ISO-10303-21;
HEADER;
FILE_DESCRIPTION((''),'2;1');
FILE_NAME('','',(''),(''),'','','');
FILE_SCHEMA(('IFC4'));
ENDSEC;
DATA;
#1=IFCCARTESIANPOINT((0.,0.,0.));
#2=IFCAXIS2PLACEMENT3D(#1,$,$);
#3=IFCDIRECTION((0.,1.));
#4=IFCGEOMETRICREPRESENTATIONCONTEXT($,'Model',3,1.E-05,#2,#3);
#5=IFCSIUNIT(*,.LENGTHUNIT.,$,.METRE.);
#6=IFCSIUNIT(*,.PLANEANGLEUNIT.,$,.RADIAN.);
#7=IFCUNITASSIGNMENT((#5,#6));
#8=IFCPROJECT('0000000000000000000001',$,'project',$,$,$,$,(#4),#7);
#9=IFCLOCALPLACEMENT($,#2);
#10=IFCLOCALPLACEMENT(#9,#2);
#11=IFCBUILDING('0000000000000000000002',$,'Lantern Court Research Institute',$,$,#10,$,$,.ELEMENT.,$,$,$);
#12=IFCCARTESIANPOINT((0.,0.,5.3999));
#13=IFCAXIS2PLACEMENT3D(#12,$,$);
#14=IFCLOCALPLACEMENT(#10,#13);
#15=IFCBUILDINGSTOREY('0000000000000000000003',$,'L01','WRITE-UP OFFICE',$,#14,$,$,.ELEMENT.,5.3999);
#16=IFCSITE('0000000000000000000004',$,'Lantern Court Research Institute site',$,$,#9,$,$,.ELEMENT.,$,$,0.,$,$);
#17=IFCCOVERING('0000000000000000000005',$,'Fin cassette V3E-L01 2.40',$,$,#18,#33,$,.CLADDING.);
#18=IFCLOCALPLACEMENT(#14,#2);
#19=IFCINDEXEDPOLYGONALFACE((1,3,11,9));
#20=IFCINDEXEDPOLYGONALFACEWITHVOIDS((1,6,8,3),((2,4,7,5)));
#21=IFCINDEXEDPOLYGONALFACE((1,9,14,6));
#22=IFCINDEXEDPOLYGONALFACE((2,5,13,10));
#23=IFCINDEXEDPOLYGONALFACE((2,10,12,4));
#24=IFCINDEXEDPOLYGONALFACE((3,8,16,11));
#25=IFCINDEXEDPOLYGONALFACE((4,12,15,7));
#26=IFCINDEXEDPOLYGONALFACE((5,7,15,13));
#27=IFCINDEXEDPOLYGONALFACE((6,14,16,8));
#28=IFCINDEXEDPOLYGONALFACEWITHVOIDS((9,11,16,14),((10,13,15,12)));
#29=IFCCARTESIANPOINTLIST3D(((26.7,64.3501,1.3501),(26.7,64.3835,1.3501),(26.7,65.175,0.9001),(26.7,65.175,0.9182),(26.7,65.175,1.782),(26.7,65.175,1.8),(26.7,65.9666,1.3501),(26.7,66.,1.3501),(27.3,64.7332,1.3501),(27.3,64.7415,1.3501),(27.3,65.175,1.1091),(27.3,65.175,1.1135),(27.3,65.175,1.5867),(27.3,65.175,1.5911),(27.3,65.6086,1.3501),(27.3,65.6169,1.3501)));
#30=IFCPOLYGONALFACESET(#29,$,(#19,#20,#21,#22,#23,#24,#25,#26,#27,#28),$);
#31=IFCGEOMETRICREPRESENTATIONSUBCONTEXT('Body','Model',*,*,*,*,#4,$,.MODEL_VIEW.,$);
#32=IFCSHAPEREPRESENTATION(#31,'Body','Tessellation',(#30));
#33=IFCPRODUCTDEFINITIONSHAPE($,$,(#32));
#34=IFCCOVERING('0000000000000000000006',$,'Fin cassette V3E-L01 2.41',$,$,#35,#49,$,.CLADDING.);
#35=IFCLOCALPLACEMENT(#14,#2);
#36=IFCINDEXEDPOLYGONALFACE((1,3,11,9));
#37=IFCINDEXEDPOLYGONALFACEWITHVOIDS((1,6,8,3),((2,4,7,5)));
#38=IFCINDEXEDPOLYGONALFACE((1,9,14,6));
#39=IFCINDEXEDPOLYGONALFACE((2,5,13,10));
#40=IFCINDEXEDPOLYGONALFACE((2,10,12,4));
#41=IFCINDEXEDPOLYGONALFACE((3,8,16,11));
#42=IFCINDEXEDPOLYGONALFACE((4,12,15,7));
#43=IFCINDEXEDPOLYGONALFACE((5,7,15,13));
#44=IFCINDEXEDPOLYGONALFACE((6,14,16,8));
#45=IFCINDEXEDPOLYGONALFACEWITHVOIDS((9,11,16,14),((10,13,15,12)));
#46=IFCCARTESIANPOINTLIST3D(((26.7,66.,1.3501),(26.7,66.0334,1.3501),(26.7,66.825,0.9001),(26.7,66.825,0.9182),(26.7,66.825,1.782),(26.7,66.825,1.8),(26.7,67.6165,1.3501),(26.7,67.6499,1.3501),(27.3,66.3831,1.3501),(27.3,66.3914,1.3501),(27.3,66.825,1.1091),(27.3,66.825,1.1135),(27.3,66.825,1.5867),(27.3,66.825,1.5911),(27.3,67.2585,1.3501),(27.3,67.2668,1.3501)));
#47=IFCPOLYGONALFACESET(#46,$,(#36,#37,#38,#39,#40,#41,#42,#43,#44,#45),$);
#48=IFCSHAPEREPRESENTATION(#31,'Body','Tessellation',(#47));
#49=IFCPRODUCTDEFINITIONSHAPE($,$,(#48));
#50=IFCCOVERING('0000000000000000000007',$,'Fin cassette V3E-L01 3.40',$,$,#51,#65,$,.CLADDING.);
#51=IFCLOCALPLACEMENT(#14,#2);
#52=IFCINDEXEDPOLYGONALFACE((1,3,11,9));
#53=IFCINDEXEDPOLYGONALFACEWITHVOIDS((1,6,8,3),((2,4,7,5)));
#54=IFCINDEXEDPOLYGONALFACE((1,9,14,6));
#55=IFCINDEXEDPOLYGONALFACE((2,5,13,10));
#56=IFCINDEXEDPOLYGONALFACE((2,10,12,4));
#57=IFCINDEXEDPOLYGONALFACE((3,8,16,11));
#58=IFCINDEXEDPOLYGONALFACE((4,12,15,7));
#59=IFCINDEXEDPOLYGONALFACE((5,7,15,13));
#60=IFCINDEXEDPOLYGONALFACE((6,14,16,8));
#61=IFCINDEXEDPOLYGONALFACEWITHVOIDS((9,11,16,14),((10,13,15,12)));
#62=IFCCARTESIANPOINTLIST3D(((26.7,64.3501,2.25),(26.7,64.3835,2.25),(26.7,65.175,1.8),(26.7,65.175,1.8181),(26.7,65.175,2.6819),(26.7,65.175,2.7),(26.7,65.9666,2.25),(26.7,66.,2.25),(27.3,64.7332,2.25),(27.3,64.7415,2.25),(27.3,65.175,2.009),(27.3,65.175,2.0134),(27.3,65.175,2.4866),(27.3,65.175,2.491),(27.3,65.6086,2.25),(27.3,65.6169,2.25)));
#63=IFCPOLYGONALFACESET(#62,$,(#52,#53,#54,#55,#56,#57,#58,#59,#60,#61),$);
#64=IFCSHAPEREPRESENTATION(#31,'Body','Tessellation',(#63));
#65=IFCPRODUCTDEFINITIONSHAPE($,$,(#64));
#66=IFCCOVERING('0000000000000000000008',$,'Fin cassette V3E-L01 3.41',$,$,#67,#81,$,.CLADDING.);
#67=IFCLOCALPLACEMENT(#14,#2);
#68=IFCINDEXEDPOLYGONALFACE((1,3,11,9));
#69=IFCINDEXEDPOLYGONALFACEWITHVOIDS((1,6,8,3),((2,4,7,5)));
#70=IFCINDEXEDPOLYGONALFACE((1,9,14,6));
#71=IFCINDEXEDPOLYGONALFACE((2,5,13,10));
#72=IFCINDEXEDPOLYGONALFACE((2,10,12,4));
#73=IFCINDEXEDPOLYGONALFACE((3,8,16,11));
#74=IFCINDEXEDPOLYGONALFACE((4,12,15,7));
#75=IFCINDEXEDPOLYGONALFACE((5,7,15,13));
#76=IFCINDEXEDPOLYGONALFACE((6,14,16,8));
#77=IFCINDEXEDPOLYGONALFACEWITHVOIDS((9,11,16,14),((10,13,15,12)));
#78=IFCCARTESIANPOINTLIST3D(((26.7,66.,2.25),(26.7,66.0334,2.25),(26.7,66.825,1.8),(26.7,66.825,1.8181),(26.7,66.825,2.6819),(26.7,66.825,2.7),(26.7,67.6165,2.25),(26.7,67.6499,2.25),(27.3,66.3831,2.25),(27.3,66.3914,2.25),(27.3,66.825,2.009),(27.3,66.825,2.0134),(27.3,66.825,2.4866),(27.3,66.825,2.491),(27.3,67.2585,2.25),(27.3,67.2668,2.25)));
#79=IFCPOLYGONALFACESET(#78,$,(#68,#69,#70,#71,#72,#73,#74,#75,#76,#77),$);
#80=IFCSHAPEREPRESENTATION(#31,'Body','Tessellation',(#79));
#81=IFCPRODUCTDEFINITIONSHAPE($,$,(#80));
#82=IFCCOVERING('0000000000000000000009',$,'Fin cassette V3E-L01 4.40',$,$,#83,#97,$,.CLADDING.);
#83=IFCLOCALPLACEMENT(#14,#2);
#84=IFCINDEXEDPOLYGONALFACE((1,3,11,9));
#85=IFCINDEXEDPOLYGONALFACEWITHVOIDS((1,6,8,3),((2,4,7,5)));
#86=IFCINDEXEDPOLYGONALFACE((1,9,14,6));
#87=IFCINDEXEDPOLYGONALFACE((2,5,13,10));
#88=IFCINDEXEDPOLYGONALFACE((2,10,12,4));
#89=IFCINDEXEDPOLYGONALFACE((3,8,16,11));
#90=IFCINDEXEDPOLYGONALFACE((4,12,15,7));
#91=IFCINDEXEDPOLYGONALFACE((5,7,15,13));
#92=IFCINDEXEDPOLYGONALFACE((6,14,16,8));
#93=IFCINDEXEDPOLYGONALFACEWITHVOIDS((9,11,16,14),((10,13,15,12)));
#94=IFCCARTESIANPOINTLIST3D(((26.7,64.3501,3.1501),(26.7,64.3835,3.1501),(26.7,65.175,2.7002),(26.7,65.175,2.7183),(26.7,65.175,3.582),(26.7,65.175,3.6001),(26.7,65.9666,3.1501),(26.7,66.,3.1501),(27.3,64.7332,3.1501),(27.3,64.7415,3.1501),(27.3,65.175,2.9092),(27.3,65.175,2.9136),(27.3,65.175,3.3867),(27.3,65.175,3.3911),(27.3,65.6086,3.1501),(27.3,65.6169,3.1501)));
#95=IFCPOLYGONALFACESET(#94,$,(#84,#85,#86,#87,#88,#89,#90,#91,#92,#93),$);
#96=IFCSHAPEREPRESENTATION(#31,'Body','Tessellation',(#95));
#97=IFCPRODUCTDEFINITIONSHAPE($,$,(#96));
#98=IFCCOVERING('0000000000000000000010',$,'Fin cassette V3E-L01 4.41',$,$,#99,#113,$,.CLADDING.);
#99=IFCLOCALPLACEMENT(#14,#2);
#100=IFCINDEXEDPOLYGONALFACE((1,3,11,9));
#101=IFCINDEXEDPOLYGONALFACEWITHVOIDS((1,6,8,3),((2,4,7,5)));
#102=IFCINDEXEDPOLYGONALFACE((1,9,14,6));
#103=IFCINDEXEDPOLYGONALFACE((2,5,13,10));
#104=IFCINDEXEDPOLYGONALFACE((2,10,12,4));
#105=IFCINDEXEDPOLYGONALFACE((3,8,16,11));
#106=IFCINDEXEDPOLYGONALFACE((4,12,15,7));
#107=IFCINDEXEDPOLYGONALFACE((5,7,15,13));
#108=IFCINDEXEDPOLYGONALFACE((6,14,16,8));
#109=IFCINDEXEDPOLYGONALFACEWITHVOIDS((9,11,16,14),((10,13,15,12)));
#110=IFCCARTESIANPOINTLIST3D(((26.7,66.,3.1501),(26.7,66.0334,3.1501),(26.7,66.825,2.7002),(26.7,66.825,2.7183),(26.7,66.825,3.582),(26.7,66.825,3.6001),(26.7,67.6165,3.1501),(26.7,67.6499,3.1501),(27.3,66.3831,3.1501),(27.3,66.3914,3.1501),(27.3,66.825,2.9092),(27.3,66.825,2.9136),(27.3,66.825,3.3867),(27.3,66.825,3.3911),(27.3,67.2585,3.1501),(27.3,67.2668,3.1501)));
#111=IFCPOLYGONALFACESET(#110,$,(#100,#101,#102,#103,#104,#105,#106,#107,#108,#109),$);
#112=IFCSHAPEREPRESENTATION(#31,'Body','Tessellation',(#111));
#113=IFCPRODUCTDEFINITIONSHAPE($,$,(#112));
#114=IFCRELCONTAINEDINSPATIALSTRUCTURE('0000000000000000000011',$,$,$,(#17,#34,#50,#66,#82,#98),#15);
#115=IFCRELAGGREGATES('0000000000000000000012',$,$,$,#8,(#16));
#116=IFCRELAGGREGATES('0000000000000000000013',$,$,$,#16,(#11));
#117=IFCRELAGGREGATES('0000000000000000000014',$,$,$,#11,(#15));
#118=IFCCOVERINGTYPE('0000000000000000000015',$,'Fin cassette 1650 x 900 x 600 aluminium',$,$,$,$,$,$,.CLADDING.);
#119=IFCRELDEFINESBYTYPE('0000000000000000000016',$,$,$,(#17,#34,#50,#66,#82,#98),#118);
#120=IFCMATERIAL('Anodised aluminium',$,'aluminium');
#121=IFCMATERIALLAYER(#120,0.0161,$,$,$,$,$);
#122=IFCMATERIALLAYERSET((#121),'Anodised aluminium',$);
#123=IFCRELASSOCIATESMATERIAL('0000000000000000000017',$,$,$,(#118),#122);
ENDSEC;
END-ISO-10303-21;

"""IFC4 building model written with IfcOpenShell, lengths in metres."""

from ifc_helpers import new_model, entity, si_unit, direction, frame, origin, place, context, subcontext, project, spatial, material, layer, layer_set, type_object, element, save


model = new_model("IFC4")

# Units and contexts
model_context = context("Model", 3, precision=1e-05, world=origin(), true_north=direction((0.0, 1.0)))
body_context = subcontext(model_context, "Body", "Model", "MODEL_VIEW")
ifc_project = project(units=[si_unit("LENGTHUNIT", "METRE"), si_unit("PLANEANGLEUNIT", "RADIAN")], contexts=[model_context])

# Site, building, storey
site_placement = place(None, origin())
site = spatial("IfcSite", under=ifc_project, at=site_placement, Name="Lantern Court Research Institute site", CompositionType="ELEMENT", RefElevation=0.0)
building_placement = place(site_placement, origin())
building = spatial("IfcBuilding", under=site, at=building_placement, Name="Lantern Court Research Institute", CompositionType="ELEMENT")
storey_placement = place(building_placement, frame((0.0, 0.0, 5.3999)))
storey = spatial("IfcBuildingStorey", under=building, at=storey_placement, Name="L01", Description="WRITE-UP OFFICE", CompositionType="ELEMENT", Elevation=5.3999)

# Coverings
ifc_material_1 = material(Name="Anodised aluminium", Category="aluminium")
ifc_layer_1 = layer(ifc_material_1, 0.0161)
ifc_layer_set_1 = layer_set([ifc_layer_1], Name="Anodised aluminium")
covering_type_1 = type_object("IfcCoveringType", Name="Fin cassette 1650 x 900 x 600 aluminium", PredefinedType="CLADDING", material=ifc_layer_set_1)
covering_1_placement = place(storey_placement, frame((26.7, 65.175, 1.3501), z_axis=(1.0, 0.0, 0.0), x_axis=(0.0, 1.0, 0.0)))
cartesian_point_1 = entity("IfcCartesianPoint", [0.825, 0.0])
cartesian_point_2 = entity("IfcCartesianPoint", [0.7915, 0.0])
cartesian_point_3 = entity("IfcCartesianPoint", [0.4419, 0.0])
cartesian_point_4 = entity("IfcCartesianPoint", [0.4336, 0.0])
element("IfcCovering", 1, at=covering_1_placement, inside=storey, type_object=covering_type_1, Name="Fin cassette V3E-L01 2.40", PredefinedType="CLADDING", context=body_context, shape_type="SweptSolid", body=[
    entity("IfcExtrudedAreaSolidTapered", entity("IfcArbitraryProfileDefWithVoids", "AREA", None, entity("IfcPolyline", [cartesian_point_1, entity("IfcCartesianPoint", [0.0, 0.45]), entity("IfcCartesianPoint", [-0.825, 0.0]), entity("IfcCartesianPoint", [0.0, -0.45]), cartesian_point_1]), [entity("IfcPolyline", [cartesian_point_2, entity("IfcCartesianPoint", [0.0, 0.4319]), entity("IfcCartesianPoint", [-0.7915, 0.0]), entity("IfcCartesianPoint", [0.0, -0.4319]), cartesian_point_2])]), entity("IfcAxis2Placement3D", entity("IfcCartesianPoint", [0.0, 0.0, 0.0])), entity("IfcDirection", [0.0, 0.0, 1.0]), 0.6001, entity("IfcArbitraryProfileDefWithVoids", "AREA", None, entity("IfcPolyline", [cartesian_point_3, entity("IfcCartesianPoint", [0.0, 0.241]), entity("IfcCartesianPoint", [-0.4419, 0.0]), entity("IfcCartesianPoint", [0.0, -0.241]), cartesian_point_3]), [entity("IfcPolyline", [cartesian_point_4, entity("IfcCartesianPoint", [0.0, 0.2366]), entity("IfcCartesianPoint", [-0.4336, 0.0]), entity("IfcCartesianPoint", [0.0, -0.2366]), cartesian_point_4])])),
])
covering_2_placement = place(storey_placement, frame((26.7, 66.825, 1.3501), z_axis=(1.0, 0.0, 0.0), x_axis=(0.0, 1.0, 0.0)))
cartesian_point_5 = entity("IfcCartesianPoint", [0.825, 0.0])
cartesian_point_6 = entity("IfcCartesianPoint", [0.7915, 0.0])
cartesian_point_7 = entity("IfcCartesianPoint", [0.4419, 0.0])
cartesian_point_8 = entity("IfcCartesianPoint", [0.4336, 0.0])
element("IfcCovering", 2, at=covering_2_placement, inside=storey, type_object=covering_type_1, Name="Fin cassette V3E-L01 2.41", PredefinedType="CLADDING", context=body_context, shape_type="SweptSolid", body=[
    entity("IfcExtrudedAreaSolidTapered", entity("IfcArbitraryProfileDefWithVoids", "AREA", None, entity("IfcPolyline", [cartesian_point_5, entity("IfcCartesianPoint", [0.0, 0.45]), entity("IfcCartesianPoint", [-0.825, 0.0]), entity("IfcCartesianPoint", [0.0, -0.45]), cartesian_point_5]), [entity("IfcPolyline", [cartesian_point_6, entity("IfcCartesianPoint", [0.0, 0.4319]), entity("IfcCartesianPoint", [-0.7915, 0.0]), entity("IfcCartesianPoint", [0.0, -0.4319]), cartesian_point_6])]), entity("IfcAxis2Placement3D", entity("IfcCartesianPoint", [0.0, 0.0, 0.0])), entity("IfcDirection", [0.0, 0.0, 1.0]), 0.6001, entity("IfcArbitraryProfileDefWithVoids", "AREA", None, entity("IfcPolyline", [cartesian_point_7, entity("IfcCartesianPoint", [0.0, 0.241]), entity("IfcCartesianPoint", [-0.4419, 0.0]), entity("IfcCartesianPoint", [0.0, -0.241]), cartesian_point_7]), [entity("IfcPolyline", [cartesian_point_8, entity("IfcCartesianPoint", [0.0, 0.2366]), entity("IfcCartesianPoint", [-0.4336, 0.0]), entity("IfcCartesianPoint", [0.0, -0.2366]), cartesian_point_8])])),
])
covering_3_placement = place(storey_placement, frame((26.7, 65.175, 2.25), z_axis=(1.0, 0.0, 0.0), x_axis=(0.0, 1.0, 0.0)))
cartesian_point_9 = entity("IfcCartesianPoint", [0.825, 0.0])
cartesian_point_10 = entity("IfcCartesianPoint", [0.7915, 0.0])
cartesian_point_11 = entity("IfcCartesianPoint", [0.4419, 0.0])
cartesian_point_12 = entity("IfcCartesianPoint", [0.4336, 0.0])
element("IfcCovering", 3, at=covering_3_placement, inside=storey, type_object=covering_type_1, Name="Fin cassette V3E-L01 3.40", PredefinedType="CLADDING", context=body_context, shape_type="SweptSolid", body=[
    entity("IfcExtrudedAreaSolidTapered", entity("IfcArbitraryProfileDefWithVoids", "AREA", None, entity("IfcPolyline", [cartesian_point_9, entity("IfcCartesianPoint", [0.0, 0.45]), entity("IfcCartesianPoint", [-0.825, 0.0]), entity("IfcCartesianPoint", [0.0, -0.45]), cartesian_point_9]), [entity("IfcPolyline", [cartesian_point_10, entity("IfcCartesianPoint", [0.0, 0.4319]), entity("IfcCartesianPoint", [-0.7915, 0.0]), entity("IfcCartesianPoint", [0.0, -0.4319]), cartesian_point_10])]), entity("IfcAxis2Placement3D", entity("IfcCartesianPoint", [0.0, 0.0, 0.0])), entity("IfcDirection", [0.0, 0.0, 1.0]), 0.6001, entity("IfcArbitraryProfileDefWithVoids", "AREA", None, entity("IfcPolyline", [cartesian_point_11, entity("IfcCartesianPoint", [0.0, 0.241]), entity("IfcCartesianPoint", [-0.4419, 0.0]), entity("IfcCartesianPoint", [0.0, -0.241]), cartesian_point_11]), [entity("IfcPolyline", [cartesian_point_12, entity("IfcCartesianPoint", [0.0, 0.2366]), entity("IfcCartesianPoint", [-0.4336, 0.0]), entity("IfcCartesianPoint", [0.0, -0.2366]), cartesian_point_12])])),
])
covering_4_placement = place(storey_placement, frame((26.7, 66.825, 2.25), z_axis=(1.0, 0.0, 0.0), x_axis=(0.0, 1.0, 0.0)))
cartesian_point_13 = entity("IfcCartesianPoint", [0.825, 0.0])
cartesian_point_14 = entity("IfcCartesianPoint", [0.7915, 0.0])
cartesian_point_15 = entity("IfcCartesianPoint", [0.4419, 0.0])
cartesian_point_16 = entity("IfcCartesianPoint", [0.4336, 0.0])
element("IfcCovering", 4, at=covering_4_placement, inside=storey, type_object=covering_type_1, Name="Fin cassette V3E-L01 3.41", PredefinedType="CLADDING", context=body_context, shape_type="SweptSolid", body=[
    entity("IfcExtrudedAreaSolidTapered", entity("IfcArbitraryProfileDefWithVoids", "AREA", None, entity("IfcPolyline", [cartesian_point_13, entity("IfcCartesianPoint", [0.0, 0.45]), entity("IfcCartesianPoint", [-0.825, 0.0]), entity("IfcCartesianPoint", [0.0, -0.45]), cartesian_point_13]), [entity("IfcPolyline", [cartesian_point_14, entity("IfcCartesianPoint", [0.0, 0.4319]), entity("IfcCartesianPoint", [-0.7915, 0.0]), entity("IfcCartesianPoint", [0.0, -0.4319]), cartesian_point_14])]), entity("IfcAxis2Placement3D", entity("IfcCartesianPoint", [0.0, 0.0, 0.0])), entity("IfcDirection", [0.0, 0.0, 1.0]), 0.6001, entity("IfcArbitraryProfileDefWithVoids", "AREA", None, entity("IfcPolyline", [cartesian_point_15, entity("IfcCartesianPoint", [0.0, 0.241]), entity("IfcCartesianPoint", [-0.4419, 0.0]), entity("IfcCartesianPoint", [0.0, -0.241]), cartesian_point_15]), [entity("IfcPolyline", [cartesian_point_16, entity("IfcCartesianPoint", [0.0, 0.2366]), entity("IfcCartesianPoint", [-0.4336, 0.0]), entity("IfcCartesianPoint", [0.0, -0.2366]), cartesian_point_16])])),
])
covering_5_placement = place(storey_placement, frame((26.7, 65.175, 3.1501), z_axis=(1.0, 0.0, 0.0), x_axis=(0.0, 1.0, 0.0)))
cartesian_point_17 = entity("IfcCartesianPoint", [0.825, 0.0])
cartesian_point_18 = entity("IfcCartesianPoint", [0.7915, 0.0])
cartesian_point_19 = entity("IfcCartesianPoint", [0.4419, 0.0])
cartesian_point_20 = entity("IfcCartesianPoint", [0.4336, 0.0])
element("IfcCovering", 5, at=covering_5_placement, inside=storey, type_object=covering_type_1, Name="Fin cassette V3E-L01 4.40", PredefinedType="CLADDING", context=body_context, shape_type="SweptSolid", body=[
    entity("IfcExtrudedAreaSolidTapered", entity("IfcArbitraryProfileDefWithVoids", "AREA", None, entity("IfcPolyline", [cartesian_point_17, entity("IfcCartesianPoint", [0.0, 0.45]), entity("IfcCartesianPoint", [-0.825, 0.0]), entity("IfcCartesianPoint", [0.0, -0.45]), cartesian_point_17]), [entity("IfcPolyline", [cartesian_point_18, entity("IfcCartesianPoint", [0.0, 0.4319]), entity("IfcCartesianPoint", [-0.7915, 0.0]), entity("IfcCartesianPoint", [0.0, -0.4319]), cartesian_point_18])]), entity("IfcAxis2Placement3D", entity("IfcCartesianPoint", [0.0, 0.0, 0.0])), entity("IfcDirection", [0.0, 0.0, 1.0]), 0.6001, entity("IfcArbitraryProfileDefWithVoids", "AREA", None, entity("IfcPolyline", [cartesian_point_19, entity("IfcCartesianPoint", [0.0, 0.241]), entity("IfcCartesianPoint", [-0.4419, 0.0]), entity("IfcCartesianPoint", [0.0, -0.241]), cartesian_point_19]), [entity("IfcPolyline", [cartesian_point_20, entity("IfcCartesianPoint", [0.0, 0.2366]), entity("IfcCartesianPoint", [-0.4336, 0.0]), entity("IfcCartesianPoint", [0.0, -0.2366]), cartesian_point_20])])),
])
covering_6_placement = place(storey_placement, frame((26.7, 66.825, 3.1501), z_axis=(1.0, 0.0, 0.0), x_axis=(0.0, 1.0, 0.0)))
cartesian_point_21 = entity("IfcCartesianPoint", [0.825, 0.0])
cartesian_point_22 = entity("IfcCartesianPoint", [0.7915, 0.0])
cartesian_point_23 = entity("IfcCartesianPoint", [0.4419, 0.0])
cartesian_point_24 = entity("IfcCartesianPoint", [0.4336, 0.0])
element("IfcCovering", 6, at=covering_6_placement, inside=storey, type_object=covering_type_1, Name="Fin cassette V3E-L01 4.41", PredefinedType="CLADDING", context=body_context, shape_type="SweptSolid", body=[
    entity("IfcExtrudedAreaSolidTapered", entity("IfcArbitraryProfileDefWithVoids", "AREA", None, entity("IfcPolyline", [cartesian_point_21, entity("IfcCartesianPoint", [0.0, 0.45]), entity("IfcCartesianPoint", [-0.825, 0.0]), entity("IfcCartesianPoint", [0.0, -0.45]), cartesian_point_21]), [entity("IfcPolyline", [cartesian_point_22, entity("IfcCartesianPoint", [0.0, 0.4319]), entity("IfcCartesianPoint", [-0.7915, 0.0]), entity("IfcCartesianPoint", [0.0, -0.4319]), cartesian_point_22])]), entity("IfcAxis2Placement3D", entity("IfcCartesianPoint", [0.0, 0.0, 0.0])), entity("IfcDirection", [0.0, 0.0, 1.0]), 0.6001, entity("IfcArbitraryProfileDefWithVoids", "AREA", None, entity("IfcPolyline", [cartesian_point_23, entity("IfcCartesianPoint", [0.0, 0.241]), entity("IfcCartesianPoint", [-0.4419, 0.0]), entity("IfcCartesianPoint", [0.0, -0.241]), cartesian_point_23]), [entity("IfcPolyline", [cartesian_point_24, entity("IfcCartesianPoint", [0.0, 0.2366]), entity("IfcCartesianPoint", [-0.4336, 0.0]), entity("IfcCartesianPoint", [0.0, -0.2366]), cartesian_point_24])])),
])

save(model, "model.ifc")
